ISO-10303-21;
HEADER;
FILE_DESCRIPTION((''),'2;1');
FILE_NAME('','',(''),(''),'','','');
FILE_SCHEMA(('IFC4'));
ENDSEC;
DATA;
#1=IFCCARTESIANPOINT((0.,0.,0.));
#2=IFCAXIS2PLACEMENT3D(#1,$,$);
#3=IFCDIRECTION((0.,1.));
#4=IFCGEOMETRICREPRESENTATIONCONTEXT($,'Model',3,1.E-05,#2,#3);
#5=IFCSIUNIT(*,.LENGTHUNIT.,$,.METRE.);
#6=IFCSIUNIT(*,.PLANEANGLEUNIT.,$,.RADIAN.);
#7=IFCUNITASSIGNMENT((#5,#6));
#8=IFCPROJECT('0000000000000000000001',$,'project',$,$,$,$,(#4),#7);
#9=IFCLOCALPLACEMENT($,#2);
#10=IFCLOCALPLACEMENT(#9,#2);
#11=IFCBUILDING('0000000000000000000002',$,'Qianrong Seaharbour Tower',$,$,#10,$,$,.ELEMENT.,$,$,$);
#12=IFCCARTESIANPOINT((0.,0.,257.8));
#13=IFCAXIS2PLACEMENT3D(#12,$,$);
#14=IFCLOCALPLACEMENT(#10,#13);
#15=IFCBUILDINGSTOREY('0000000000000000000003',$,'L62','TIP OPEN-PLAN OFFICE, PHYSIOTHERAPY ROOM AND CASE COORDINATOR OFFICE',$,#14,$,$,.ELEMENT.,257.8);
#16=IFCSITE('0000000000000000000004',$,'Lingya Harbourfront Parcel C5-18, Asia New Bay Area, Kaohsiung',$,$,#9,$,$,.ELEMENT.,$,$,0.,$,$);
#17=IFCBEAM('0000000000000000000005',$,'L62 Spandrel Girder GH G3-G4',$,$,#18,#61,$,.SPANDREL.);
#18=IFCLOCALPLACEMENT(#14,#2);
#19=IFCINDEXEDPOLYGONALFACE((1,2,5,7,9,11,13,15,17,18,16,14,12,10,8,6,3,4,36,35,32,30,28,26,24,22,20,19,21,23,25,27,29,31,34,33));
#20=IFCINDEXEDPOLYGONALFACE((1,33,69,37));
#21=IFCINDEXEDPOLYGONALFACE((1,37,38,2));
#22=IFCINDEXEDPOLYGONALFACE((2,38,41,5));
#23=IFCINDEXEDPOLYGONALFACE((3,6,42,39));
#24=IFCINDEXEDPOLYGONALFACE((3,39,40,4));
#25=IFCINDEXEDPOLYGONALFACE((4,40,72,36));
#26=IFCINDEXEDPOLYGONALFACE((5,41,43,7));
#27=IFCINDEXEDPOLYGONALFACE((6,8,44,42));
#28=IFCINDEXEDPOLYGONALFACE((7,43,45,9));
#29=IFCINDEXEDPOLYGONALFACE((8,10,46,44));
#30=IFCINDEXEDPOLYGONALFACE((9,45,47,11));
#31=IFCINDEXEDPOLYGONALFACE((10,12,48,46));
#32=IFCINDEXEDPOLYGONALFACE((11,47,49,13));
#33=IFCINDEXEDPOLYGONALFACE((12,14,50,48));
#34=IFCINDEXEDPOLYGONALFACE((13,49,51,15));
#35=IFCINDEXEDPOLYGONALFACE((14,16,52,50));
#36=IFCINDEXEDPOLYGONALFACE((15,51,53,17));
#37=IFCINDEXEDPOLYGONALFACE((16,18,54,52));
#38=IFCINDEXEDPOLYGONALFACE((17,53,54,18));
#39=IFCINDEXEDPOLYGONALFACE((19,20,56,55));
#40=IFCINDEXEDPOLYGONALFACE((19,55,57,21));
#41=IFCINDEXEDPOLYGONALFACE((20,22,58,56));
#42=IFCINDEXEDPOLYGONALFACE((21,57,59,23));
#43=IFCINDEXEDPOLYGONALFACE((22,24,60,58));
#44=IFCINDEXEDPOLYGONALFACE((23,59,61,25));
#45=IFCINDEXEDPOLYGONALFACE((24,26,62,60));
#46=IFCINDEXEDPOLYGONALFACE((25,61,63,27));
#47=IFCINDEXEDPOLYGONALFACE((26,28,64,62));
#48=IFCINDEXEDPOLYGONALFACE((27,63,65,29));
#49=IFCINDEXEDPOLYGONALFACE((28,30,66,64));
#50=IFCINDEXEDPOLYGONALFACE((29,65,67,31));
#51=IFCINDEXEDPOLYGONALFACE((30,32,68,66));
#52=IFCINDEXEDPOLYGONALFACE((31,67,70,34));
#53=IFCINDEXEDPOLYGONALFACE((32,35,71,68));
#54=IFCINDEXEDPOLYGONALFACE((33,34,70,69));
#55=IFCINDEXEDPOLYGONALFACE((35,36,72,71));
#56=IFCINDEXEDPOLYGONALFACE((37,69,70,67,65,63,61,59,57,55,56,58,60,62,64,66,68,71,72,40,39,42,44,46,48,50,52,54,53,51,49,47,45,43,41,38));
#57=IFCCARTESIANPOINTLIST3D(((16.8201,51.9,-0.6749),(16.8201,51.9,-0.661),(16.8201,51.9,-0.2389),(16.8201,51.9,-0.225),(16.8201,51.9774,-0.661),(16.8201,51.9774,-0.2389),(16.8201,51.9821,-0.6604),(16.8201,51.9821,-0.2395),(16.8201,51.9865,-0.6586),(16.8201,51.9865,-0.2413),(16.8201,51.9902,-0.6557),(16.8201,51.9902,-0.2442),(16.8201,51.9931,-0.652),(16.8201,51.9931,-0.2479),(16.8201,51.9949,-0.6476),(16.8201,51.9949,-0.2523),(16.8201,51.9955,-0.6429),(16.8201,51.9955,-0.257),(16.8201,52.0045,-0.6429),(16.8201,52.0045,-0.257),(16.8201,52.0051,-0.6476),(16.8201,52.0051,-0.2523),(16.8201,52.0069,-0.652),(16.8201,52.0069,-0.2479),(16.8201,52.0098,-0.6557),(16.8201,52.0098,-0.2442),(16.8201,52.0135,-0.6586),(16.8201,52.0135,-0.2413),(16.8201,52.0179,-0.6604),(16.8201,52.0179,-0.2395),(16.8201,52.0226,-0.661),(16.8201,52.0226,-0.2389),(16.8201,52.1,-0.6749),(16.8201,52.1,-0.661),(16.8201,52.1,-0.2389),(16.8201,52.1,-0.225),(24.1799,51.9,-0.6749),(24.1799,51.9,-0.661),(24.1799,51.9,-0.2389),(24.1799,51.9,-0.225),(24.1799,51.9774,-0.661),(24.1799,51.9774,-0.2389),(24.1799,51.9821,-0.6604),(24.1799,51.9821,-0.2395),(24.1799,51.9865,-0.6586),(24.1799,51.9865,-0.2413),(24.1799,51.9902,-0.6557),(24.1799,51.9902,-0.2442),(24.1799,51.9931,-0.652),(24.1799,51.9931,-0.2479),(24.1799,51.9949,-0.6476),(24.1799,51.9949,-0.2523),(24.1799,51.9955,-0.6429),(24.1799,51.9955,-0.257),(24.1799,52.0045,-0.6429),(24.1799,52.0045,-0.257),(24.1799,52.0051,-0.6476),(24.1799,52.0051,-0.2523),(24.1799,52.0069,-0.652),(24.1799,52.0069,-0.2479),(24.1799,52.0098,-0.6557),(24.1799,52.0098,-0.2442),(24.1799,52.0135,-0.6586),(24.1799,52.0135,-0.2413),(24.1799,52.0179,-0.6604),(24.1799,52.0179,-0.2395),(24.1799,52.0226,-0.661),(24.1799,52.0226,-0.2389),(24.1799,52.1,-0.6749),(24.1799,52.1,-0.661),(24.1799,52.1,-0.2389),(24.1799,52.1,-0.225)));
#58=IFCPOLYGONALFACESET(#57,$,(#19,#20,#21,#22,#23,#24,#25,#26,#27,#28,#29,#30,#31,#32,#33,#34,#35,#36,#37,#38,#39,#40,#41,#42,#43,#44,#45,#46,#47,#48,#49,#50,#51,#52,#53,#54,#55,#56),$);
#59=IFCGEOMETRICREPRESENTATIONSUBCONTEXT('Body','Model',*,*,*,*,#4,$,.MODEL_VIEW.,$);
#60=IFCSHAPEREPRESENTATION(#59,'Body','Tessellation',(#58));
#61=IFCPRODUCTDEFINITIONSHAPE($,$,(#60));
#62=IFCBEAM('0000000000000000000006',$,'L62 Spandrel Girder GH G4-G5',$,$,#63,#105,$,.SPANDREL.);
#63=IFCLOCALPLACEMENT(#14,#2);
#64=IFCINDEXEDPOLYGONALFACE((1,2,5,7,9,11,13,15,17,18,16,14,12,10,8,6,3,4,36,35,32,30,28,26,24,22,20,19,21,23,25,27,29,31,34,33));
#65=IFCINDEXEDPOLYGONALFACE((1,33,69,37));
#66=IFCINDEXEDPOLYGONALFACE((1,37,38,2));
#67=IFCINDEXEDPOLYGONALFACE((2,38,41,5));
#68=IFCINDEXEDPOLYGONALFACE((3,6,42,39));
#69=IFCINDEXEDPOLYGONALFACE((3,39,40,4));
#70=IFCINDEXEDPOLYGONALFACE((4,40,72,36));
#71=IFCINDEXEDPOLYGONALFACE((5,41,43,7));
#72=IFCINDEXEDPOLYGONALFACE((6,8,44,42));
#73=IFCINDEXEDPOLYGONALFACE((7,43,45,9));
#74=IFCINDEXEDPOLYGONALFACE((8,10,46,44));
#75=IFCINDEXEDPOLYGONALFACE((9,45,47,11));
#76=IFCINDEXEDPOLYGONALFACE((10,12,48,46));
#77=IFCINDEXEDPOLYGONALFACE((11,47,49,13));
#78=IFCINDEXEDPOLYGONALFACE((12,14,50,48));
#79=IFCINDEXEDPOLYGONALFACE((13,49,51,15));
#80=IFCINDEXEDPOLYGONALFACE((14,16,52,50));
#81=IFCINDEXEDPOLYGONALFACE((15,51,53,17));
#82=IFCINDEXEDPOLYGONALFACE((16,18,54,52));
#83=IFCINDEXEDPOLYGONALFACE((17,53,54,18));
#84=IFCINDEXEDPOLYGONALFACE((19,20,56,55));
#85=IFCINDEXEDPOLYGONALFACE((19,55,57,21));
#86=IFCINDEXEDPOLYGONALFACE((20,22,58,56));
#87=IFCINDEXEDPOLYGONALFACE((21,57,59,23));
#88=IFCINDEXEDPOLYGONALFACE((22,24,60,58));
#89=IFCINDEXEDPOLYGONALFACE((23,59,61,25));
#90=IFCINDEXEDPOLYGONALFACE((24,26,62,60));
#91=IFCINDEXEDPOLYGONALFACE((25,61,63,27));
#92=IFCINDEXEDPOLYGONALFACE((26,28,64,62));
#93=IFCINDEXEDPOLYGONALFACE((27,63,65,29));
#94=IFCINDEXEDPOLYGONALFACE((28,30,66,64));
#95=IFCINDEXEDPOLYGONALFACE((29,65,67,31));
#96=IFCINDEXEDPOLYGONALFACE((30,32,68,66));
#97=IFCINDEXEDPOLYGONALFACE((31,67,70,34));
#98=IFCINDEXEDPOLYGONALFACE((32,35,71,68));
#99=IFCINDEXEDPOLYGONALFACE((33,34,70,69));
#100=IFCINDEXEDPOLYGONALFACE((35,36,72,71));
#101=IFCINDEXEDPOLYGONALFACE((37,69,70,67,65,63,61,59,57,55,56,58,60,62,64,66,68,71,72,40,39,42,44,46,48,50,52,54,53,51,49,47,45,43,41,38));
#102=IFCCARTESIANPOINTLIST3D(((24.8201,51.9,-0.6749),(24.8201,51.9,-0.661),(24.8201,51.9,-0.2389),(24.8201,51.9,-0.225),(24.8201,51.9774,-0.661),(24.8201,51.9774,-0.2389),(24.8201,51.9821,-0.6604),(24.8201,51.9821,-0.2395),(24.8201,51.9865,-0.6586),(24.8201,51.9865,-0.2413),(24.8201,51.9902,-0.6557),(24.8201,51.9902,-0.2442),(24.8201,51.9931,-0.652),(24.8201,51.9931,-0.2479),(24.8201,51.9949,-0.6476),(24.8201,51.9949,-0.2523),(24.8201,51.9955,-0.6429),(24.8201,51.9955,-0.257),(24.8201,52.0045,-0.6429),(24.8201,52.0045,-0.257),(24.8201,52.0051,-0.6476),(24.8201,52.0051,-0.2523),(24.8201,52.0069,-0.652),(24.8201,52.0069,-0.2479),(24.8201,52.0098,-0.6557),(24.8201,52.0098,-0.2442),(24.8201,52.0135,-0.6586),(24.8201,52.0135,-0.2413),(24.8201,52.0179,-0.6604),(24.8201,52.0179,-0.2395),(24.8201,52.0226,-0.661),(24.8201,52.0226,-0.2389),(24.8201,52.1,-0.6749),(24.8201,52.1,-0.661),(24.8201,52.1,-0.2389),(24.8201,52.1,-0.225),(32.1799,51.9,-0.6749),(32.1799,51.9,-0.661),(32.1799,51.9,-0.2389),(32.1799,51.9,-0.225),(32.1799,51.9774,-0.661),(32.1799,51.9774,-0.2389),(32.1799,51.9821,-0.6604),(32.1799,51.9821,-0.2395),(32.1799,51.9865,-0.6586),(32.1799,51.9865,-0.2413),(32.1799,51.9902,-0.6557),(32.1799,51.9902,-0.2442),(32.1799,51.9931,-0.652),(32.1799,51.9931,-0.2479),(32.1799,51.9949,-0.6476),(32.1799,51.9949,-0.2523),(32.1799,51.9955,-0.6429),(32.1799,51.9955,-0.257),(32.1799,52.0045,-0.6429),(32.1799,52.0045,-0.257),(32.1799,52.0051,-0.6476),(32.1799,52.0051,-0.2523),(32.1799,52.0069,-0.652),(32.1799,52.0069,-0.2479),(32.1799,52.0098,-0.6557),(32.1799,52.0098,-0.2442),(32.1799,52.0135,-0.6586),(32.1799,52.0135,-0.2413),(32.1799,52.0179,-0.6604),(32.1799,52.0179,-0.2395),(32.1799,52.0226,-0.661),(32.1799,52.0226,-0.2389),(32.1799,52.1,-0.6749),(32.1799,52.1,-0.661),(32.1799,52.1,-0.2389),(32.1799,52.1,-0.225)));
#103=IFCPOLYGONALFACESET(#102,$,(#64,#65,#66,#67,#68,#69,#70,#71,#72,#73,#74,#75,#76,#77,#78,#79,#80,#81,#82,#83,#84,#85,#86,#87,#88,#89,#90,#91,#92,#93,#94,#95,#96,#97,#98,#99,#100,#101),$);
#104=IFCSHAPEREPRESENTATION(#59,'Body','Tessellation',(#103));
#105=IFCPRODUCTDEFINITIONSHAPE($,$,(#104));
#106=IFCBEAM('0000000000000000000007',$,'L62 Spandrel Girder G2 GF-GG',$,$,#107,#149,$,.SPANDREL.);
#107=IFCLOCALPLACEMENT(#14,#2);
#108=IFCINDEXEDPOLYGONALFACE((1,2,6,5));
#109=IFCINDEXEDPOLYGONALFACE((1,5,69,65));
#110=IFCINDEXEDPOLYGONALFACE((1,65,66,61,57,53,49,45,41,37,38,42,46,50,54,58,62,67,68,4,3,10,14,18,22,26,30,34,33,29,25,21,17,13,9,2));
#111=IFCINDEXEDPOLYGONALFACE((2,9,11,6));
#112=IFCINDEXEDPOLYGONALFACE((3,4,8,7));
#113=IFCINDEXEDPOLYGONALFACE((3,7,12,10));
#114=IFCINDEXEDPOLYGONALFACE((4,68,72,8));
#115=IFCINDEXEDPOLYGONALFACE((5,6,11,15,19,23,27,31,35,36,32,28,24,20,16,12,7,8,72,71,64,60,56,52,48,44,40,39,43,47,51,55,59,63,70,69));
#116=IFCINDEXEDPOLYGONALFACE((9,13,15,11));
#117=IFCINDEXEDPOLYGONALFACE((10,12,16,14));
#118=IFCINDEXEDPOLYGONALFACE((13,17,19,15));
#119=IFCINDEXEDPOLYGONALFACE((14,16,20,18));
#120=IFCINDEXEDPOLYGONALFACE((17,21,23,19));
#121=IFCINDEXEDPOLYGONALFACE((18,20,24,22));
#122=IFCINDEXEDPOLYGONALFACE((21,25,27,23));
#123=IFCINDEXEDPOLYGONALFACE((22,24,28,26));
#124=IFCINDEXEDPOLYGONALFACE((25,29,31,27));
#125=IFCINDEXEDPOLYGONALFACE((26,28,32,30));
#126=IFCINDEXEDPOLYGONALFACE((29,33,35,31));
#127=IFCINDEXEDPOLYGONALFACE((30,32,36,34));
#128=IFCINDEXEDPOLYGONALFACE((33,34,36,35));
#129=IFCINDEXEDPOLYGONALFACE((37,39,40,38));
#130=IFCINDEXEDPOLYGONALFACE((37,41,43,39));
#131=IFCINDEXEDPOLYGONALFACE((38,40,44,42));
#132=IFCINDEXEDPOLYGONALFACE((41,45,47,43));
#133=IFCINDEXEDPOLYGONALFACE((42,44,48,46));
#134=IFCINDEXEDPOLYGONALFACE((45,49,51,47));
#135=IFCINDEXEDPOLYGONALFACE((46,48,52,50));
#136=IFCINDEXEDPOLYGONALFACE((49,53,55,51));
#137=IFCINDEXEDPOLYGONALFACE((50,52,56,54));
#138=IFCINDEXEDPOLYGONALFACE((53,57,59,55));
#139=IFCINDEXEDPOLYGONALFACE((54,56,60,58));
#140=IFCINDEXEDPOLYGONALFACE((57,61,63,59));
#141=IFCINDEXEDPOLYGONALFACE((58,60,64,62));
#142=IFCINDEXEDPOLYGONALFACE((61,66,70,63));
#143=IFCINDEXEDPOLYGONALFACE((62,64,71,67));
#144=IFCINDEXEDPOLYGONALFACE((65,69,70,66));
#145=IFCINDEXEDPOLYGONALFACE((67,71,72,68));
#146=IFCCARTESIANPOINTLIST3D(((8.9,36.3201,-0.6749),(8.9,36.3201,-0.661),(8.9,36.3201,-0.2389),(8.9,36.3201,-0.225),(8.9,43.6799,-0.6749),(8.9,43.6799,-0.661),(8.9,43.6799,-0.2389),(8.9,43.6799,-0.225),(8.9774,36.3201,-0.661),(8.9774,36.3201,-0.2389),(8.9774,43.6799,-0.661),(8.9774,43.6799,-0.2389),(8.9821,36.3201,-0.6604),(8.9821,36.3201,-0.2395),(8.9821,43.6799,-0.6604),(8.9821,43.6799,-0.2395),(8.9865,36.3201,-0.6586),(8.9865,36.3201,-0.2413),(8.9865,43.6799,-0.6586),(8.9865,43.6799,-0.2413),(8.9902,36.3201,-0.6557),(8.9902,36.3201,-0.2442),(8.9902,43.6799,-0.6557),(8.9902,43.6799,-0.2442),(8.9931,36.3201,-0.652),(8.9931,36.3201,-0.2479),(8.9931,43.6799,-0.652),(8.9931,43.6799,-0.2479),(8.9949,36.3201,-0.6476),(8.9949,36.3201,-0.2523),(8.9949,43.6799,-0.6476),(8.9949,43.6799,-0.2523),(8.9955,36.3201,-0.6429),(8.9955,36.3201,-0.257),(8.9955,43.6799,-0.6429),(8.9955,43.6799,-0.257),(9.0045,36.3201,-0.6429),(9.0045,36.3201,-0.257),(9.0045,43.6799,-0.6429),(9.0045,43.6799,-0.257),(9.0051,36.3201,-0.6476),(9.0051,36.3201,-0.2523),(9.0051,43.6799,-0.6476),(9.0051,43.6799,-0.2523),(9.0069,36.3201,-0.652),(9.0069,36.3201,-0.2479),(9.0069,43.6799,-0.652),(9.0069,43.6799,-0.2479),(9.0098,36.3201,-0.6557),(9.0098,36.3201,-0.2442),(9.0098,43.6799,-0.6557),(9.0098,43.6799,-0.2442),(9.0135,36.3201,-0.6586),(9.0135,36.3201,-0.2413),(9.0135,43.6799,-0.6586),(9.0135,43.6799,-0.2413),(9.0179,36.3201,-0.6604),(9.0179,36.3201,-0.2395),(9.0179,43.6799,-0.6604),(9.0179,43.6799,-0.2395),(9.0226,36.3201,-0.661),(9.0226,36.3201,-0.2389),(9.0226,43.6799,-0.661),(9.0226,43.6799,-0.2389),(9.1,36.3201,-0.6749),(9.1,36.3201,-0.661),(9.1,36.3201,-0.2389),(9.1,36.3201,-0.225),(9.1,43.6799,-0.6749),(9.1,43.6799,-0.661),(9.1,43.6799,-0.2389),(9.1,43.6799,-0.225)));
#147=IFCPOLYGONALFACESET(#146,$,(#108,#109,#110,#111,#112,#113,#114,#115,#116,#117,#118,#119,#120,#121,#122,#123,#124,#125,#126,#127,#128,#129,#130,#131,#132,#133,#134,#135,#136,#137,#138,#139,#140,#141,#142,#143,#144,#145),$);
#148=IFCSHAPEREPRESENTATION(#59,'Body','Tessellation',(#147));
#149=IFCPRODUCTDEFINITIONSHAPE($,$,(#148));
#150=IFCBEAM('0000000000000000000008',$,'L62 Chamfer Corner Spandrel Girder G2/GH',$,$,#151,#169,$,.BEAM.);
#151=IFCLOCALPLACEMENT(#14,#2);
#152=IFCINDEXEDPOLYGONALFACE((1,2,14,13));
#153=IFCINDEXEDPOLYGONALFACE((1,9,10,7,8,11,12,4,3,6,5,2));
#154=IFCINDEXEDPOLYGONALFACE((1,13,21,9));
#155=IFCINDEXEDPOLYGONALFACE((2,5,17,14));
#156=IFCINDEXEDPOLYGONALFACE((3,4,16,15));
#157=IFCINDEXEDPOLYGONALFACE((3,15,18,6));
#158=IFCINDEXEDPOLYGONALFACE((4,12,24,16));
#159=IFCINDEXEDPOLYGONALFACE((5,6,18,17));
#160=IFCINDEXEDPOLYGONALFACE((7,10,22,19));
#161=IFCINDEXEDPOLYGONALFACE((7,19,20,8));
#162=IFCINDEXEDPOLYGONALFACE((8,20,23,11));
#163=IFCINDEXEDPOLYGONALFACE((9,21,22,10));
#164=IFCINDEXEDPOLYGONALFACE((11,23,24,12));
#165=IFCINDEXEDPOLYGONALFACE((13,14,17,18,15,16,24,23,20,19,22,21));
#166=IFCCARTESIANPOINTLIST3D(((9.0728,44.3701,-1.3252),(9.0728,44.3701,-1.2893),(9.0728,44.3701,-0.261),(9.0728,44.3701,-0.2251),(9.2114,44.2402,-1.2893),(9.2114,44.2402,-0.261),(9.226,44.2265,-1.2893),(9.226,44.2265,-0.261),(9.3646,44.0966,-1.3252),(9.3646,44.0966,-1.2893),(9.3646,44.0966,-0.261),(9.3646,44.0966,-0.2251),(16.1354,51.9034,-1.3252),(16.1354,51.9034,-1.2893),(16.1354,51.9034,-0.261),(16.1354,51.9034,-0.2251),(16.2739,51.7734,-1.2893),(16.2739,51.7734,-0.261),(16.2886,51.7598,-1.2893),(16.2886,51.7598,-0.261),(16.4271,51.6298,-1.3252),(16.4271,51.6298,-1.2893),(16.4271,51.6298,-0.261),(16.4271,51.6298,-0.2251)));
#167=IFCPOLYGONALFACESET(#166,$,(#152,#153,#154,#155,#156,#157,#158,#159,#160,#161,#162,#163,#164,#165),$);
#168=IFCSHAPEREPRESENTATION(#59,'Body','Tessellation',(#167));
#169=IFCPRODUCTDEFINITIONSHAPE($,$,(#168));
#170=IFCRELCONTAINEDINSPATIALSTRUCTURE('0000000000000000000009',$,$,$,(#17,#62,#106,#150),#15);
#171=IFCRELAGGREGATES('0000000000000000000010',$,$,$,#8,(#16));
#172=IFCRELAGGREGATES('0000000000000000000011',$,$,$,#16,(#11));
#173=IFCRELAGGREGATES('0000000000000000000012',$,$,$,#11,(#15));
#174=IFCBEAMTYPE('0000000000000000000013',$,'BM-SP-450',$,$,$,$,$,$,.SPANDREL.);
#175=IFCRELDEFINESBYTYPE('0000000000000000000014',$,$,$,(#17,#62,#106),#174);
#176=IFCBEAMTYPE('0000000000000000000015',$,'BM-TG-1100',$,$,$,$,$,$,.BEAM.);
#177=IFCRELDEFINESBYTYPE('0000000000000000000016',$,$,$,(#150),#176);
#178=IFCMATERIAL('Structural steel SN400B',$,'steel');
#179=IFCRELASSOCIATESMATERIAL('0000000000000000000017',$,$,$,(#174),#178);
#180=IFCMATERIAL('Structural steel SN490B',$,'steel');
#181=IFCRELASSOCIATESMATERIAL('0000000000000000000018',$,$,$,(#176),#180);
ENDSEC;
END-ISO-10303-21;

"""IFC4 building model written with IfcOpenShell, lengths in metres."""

from ifc_helpers import new_model, si_unit, direction, frame, origin, origin_2d, place, context, subcontext, project, spatial, i_section, extrude, material, material_profile, profile_set, type_object, element, save


model = new_model("IFC4")

# Units and contexts
model_context = context("Model", 3, precision=1e-05, world=origin(), true_north=direction((0.0, 1.0)))
body_context = subcontext(model_context, "Body", "Model", "MODEL_VIEW")
ifc_project = project(units=[si_unit("LENGTHUNIT", "METRE"), si_unit("PLANEANGLEUNIT", "RADIAN")], contexts=[model_context])

# Site, building, storey
site_placement = place(None, origin())
site = spatial("IfcSite", under=ifc_project, at=site_placement, Name="Lingya Harbourfront Parcel C5-18, Asia New Bay Area, Kaohsiung", CompositionType="ELEMENT", RefElevation=0.0)
building_placement = place(site_placement, origin())
building = spatial("IfcBuilding", under=site, at=building_placement, Name="Qianrong Seaharbour Tower", CompositionType="ELEMENT")
storey_placement = place(building_placement, frame((0.0, 0.0, 257.8)))
storey = spatial("IfcBuildingStorey", under=building, at=storey_placement, Name="L62", Description="TIP OPEN-PLAN OFFICE, PHYSIOTHERAPY ROOM AND CASE COORDINATOR OFFICE", CompositionType="ELEMENT", Elevation=257.8)

# Shared definitions
ifc_material_1 = material(Name="Structural steel SN490B", Category="steel")

# Beams
ifc_material_2 = material(Name="Structural steel SN400B", Category="steel")
ifc_material_profile_1 = material_profile(ifc_material_2, i_section(OverallWidth=0.2, OverallDepth=0.45, WebThickness=0.009, FlangeThickness=0.0139, FilletRadius=0.0181, at=origin_2d()), Name="H450x200x9x14")
ifc_profile_set_1 = profile_set([ifc_material_profile_1], Name="Structural steel SN400B")
beam_type_1 = type_object("IfcBeamType", Name="BM-SP-450", PredefinedType="SPANDREL", material=ifc_profile_set_1)
for number, where, z_axis, x_axis, name in (
    (1, (16.8201, 52.0, -0.45), (1.0, 0.0, 0.0), (0.0, 1.0, 0.0), "L62 Spandrel Girder GH G3-G4"),
    (2, (24.8201, 52.0, -0.45), (1.0, 0.0, 0.0), (0.0, 1.0, 0.0), "L62 Spandrel Girder GH G4-G5"),
    (3, (9.0, 36.3201, -0.45), (0.0, 1.0, 0.0), (-1.0, 0.0, 0.0), "L62 Spandrel Girder G2 GF-GG"),
):
    element("IfcBeam", number, at=place(storey_placement, frame(where, z_axis=z_axis, x_axis=x_axis)), inside=storey, type_object=beam_type_1, Name=name, PredefinedType="SPANDREL", context=body_context, shape_type="SweptSolid", body=[
        extrude(i_section(OverallWidth=0.2, OverallDepth=0.45, WebThickness=0.009, FlangeThickness=0.0139, FilletRadius=0.0181, at=origin_2d()), origin(), (0.0, 0.0, 1.0), 7.3599),
    ])
ifc_material_profile_2 = material_profile(ifc_material_1, i_section(OverallWidth=0.3999, OverallDepth=1.1001, WebThickness=0.02, FlangeThickness=0.0359, at=origin_2d()), Name="BH1100x400x20x36")
ifc_profile_set_2 = profile_set([ifc_material_profile_2], Name="Structural steel SN490B")
beam_type_2 = type_object("IfcBeamType", Name="BM-TG-1100", PredefinedType="BEAM", material=ifc_profile_set_2)
beam_1_placement = place(storey_placement, frame((16.2812, 51.7666, -0.7751), z_axis=(-0.683947, -0.729531, 0.0), x_axis=(0.729531, -0.683947, 0.0)))
element("IfcBeam", 4, at=beam_1_placement, inside=storey, type_object=beam_type_2, Name="L62 Chamfer Corner Spandrel Girder G2/GH", PredefinedType="BEAM", context=body_context, shape_type="SweptSolid", body=[
    extrude(i_section(OverallWidth=0.3999, OverallDepth=1.1001, WebThickness=0.02, FlangeThickness=0.0359, at=origin_2d()), origin(), (0.0, 0.0, 1.0), 10.3262),
])

save(model, "model.ifc")
